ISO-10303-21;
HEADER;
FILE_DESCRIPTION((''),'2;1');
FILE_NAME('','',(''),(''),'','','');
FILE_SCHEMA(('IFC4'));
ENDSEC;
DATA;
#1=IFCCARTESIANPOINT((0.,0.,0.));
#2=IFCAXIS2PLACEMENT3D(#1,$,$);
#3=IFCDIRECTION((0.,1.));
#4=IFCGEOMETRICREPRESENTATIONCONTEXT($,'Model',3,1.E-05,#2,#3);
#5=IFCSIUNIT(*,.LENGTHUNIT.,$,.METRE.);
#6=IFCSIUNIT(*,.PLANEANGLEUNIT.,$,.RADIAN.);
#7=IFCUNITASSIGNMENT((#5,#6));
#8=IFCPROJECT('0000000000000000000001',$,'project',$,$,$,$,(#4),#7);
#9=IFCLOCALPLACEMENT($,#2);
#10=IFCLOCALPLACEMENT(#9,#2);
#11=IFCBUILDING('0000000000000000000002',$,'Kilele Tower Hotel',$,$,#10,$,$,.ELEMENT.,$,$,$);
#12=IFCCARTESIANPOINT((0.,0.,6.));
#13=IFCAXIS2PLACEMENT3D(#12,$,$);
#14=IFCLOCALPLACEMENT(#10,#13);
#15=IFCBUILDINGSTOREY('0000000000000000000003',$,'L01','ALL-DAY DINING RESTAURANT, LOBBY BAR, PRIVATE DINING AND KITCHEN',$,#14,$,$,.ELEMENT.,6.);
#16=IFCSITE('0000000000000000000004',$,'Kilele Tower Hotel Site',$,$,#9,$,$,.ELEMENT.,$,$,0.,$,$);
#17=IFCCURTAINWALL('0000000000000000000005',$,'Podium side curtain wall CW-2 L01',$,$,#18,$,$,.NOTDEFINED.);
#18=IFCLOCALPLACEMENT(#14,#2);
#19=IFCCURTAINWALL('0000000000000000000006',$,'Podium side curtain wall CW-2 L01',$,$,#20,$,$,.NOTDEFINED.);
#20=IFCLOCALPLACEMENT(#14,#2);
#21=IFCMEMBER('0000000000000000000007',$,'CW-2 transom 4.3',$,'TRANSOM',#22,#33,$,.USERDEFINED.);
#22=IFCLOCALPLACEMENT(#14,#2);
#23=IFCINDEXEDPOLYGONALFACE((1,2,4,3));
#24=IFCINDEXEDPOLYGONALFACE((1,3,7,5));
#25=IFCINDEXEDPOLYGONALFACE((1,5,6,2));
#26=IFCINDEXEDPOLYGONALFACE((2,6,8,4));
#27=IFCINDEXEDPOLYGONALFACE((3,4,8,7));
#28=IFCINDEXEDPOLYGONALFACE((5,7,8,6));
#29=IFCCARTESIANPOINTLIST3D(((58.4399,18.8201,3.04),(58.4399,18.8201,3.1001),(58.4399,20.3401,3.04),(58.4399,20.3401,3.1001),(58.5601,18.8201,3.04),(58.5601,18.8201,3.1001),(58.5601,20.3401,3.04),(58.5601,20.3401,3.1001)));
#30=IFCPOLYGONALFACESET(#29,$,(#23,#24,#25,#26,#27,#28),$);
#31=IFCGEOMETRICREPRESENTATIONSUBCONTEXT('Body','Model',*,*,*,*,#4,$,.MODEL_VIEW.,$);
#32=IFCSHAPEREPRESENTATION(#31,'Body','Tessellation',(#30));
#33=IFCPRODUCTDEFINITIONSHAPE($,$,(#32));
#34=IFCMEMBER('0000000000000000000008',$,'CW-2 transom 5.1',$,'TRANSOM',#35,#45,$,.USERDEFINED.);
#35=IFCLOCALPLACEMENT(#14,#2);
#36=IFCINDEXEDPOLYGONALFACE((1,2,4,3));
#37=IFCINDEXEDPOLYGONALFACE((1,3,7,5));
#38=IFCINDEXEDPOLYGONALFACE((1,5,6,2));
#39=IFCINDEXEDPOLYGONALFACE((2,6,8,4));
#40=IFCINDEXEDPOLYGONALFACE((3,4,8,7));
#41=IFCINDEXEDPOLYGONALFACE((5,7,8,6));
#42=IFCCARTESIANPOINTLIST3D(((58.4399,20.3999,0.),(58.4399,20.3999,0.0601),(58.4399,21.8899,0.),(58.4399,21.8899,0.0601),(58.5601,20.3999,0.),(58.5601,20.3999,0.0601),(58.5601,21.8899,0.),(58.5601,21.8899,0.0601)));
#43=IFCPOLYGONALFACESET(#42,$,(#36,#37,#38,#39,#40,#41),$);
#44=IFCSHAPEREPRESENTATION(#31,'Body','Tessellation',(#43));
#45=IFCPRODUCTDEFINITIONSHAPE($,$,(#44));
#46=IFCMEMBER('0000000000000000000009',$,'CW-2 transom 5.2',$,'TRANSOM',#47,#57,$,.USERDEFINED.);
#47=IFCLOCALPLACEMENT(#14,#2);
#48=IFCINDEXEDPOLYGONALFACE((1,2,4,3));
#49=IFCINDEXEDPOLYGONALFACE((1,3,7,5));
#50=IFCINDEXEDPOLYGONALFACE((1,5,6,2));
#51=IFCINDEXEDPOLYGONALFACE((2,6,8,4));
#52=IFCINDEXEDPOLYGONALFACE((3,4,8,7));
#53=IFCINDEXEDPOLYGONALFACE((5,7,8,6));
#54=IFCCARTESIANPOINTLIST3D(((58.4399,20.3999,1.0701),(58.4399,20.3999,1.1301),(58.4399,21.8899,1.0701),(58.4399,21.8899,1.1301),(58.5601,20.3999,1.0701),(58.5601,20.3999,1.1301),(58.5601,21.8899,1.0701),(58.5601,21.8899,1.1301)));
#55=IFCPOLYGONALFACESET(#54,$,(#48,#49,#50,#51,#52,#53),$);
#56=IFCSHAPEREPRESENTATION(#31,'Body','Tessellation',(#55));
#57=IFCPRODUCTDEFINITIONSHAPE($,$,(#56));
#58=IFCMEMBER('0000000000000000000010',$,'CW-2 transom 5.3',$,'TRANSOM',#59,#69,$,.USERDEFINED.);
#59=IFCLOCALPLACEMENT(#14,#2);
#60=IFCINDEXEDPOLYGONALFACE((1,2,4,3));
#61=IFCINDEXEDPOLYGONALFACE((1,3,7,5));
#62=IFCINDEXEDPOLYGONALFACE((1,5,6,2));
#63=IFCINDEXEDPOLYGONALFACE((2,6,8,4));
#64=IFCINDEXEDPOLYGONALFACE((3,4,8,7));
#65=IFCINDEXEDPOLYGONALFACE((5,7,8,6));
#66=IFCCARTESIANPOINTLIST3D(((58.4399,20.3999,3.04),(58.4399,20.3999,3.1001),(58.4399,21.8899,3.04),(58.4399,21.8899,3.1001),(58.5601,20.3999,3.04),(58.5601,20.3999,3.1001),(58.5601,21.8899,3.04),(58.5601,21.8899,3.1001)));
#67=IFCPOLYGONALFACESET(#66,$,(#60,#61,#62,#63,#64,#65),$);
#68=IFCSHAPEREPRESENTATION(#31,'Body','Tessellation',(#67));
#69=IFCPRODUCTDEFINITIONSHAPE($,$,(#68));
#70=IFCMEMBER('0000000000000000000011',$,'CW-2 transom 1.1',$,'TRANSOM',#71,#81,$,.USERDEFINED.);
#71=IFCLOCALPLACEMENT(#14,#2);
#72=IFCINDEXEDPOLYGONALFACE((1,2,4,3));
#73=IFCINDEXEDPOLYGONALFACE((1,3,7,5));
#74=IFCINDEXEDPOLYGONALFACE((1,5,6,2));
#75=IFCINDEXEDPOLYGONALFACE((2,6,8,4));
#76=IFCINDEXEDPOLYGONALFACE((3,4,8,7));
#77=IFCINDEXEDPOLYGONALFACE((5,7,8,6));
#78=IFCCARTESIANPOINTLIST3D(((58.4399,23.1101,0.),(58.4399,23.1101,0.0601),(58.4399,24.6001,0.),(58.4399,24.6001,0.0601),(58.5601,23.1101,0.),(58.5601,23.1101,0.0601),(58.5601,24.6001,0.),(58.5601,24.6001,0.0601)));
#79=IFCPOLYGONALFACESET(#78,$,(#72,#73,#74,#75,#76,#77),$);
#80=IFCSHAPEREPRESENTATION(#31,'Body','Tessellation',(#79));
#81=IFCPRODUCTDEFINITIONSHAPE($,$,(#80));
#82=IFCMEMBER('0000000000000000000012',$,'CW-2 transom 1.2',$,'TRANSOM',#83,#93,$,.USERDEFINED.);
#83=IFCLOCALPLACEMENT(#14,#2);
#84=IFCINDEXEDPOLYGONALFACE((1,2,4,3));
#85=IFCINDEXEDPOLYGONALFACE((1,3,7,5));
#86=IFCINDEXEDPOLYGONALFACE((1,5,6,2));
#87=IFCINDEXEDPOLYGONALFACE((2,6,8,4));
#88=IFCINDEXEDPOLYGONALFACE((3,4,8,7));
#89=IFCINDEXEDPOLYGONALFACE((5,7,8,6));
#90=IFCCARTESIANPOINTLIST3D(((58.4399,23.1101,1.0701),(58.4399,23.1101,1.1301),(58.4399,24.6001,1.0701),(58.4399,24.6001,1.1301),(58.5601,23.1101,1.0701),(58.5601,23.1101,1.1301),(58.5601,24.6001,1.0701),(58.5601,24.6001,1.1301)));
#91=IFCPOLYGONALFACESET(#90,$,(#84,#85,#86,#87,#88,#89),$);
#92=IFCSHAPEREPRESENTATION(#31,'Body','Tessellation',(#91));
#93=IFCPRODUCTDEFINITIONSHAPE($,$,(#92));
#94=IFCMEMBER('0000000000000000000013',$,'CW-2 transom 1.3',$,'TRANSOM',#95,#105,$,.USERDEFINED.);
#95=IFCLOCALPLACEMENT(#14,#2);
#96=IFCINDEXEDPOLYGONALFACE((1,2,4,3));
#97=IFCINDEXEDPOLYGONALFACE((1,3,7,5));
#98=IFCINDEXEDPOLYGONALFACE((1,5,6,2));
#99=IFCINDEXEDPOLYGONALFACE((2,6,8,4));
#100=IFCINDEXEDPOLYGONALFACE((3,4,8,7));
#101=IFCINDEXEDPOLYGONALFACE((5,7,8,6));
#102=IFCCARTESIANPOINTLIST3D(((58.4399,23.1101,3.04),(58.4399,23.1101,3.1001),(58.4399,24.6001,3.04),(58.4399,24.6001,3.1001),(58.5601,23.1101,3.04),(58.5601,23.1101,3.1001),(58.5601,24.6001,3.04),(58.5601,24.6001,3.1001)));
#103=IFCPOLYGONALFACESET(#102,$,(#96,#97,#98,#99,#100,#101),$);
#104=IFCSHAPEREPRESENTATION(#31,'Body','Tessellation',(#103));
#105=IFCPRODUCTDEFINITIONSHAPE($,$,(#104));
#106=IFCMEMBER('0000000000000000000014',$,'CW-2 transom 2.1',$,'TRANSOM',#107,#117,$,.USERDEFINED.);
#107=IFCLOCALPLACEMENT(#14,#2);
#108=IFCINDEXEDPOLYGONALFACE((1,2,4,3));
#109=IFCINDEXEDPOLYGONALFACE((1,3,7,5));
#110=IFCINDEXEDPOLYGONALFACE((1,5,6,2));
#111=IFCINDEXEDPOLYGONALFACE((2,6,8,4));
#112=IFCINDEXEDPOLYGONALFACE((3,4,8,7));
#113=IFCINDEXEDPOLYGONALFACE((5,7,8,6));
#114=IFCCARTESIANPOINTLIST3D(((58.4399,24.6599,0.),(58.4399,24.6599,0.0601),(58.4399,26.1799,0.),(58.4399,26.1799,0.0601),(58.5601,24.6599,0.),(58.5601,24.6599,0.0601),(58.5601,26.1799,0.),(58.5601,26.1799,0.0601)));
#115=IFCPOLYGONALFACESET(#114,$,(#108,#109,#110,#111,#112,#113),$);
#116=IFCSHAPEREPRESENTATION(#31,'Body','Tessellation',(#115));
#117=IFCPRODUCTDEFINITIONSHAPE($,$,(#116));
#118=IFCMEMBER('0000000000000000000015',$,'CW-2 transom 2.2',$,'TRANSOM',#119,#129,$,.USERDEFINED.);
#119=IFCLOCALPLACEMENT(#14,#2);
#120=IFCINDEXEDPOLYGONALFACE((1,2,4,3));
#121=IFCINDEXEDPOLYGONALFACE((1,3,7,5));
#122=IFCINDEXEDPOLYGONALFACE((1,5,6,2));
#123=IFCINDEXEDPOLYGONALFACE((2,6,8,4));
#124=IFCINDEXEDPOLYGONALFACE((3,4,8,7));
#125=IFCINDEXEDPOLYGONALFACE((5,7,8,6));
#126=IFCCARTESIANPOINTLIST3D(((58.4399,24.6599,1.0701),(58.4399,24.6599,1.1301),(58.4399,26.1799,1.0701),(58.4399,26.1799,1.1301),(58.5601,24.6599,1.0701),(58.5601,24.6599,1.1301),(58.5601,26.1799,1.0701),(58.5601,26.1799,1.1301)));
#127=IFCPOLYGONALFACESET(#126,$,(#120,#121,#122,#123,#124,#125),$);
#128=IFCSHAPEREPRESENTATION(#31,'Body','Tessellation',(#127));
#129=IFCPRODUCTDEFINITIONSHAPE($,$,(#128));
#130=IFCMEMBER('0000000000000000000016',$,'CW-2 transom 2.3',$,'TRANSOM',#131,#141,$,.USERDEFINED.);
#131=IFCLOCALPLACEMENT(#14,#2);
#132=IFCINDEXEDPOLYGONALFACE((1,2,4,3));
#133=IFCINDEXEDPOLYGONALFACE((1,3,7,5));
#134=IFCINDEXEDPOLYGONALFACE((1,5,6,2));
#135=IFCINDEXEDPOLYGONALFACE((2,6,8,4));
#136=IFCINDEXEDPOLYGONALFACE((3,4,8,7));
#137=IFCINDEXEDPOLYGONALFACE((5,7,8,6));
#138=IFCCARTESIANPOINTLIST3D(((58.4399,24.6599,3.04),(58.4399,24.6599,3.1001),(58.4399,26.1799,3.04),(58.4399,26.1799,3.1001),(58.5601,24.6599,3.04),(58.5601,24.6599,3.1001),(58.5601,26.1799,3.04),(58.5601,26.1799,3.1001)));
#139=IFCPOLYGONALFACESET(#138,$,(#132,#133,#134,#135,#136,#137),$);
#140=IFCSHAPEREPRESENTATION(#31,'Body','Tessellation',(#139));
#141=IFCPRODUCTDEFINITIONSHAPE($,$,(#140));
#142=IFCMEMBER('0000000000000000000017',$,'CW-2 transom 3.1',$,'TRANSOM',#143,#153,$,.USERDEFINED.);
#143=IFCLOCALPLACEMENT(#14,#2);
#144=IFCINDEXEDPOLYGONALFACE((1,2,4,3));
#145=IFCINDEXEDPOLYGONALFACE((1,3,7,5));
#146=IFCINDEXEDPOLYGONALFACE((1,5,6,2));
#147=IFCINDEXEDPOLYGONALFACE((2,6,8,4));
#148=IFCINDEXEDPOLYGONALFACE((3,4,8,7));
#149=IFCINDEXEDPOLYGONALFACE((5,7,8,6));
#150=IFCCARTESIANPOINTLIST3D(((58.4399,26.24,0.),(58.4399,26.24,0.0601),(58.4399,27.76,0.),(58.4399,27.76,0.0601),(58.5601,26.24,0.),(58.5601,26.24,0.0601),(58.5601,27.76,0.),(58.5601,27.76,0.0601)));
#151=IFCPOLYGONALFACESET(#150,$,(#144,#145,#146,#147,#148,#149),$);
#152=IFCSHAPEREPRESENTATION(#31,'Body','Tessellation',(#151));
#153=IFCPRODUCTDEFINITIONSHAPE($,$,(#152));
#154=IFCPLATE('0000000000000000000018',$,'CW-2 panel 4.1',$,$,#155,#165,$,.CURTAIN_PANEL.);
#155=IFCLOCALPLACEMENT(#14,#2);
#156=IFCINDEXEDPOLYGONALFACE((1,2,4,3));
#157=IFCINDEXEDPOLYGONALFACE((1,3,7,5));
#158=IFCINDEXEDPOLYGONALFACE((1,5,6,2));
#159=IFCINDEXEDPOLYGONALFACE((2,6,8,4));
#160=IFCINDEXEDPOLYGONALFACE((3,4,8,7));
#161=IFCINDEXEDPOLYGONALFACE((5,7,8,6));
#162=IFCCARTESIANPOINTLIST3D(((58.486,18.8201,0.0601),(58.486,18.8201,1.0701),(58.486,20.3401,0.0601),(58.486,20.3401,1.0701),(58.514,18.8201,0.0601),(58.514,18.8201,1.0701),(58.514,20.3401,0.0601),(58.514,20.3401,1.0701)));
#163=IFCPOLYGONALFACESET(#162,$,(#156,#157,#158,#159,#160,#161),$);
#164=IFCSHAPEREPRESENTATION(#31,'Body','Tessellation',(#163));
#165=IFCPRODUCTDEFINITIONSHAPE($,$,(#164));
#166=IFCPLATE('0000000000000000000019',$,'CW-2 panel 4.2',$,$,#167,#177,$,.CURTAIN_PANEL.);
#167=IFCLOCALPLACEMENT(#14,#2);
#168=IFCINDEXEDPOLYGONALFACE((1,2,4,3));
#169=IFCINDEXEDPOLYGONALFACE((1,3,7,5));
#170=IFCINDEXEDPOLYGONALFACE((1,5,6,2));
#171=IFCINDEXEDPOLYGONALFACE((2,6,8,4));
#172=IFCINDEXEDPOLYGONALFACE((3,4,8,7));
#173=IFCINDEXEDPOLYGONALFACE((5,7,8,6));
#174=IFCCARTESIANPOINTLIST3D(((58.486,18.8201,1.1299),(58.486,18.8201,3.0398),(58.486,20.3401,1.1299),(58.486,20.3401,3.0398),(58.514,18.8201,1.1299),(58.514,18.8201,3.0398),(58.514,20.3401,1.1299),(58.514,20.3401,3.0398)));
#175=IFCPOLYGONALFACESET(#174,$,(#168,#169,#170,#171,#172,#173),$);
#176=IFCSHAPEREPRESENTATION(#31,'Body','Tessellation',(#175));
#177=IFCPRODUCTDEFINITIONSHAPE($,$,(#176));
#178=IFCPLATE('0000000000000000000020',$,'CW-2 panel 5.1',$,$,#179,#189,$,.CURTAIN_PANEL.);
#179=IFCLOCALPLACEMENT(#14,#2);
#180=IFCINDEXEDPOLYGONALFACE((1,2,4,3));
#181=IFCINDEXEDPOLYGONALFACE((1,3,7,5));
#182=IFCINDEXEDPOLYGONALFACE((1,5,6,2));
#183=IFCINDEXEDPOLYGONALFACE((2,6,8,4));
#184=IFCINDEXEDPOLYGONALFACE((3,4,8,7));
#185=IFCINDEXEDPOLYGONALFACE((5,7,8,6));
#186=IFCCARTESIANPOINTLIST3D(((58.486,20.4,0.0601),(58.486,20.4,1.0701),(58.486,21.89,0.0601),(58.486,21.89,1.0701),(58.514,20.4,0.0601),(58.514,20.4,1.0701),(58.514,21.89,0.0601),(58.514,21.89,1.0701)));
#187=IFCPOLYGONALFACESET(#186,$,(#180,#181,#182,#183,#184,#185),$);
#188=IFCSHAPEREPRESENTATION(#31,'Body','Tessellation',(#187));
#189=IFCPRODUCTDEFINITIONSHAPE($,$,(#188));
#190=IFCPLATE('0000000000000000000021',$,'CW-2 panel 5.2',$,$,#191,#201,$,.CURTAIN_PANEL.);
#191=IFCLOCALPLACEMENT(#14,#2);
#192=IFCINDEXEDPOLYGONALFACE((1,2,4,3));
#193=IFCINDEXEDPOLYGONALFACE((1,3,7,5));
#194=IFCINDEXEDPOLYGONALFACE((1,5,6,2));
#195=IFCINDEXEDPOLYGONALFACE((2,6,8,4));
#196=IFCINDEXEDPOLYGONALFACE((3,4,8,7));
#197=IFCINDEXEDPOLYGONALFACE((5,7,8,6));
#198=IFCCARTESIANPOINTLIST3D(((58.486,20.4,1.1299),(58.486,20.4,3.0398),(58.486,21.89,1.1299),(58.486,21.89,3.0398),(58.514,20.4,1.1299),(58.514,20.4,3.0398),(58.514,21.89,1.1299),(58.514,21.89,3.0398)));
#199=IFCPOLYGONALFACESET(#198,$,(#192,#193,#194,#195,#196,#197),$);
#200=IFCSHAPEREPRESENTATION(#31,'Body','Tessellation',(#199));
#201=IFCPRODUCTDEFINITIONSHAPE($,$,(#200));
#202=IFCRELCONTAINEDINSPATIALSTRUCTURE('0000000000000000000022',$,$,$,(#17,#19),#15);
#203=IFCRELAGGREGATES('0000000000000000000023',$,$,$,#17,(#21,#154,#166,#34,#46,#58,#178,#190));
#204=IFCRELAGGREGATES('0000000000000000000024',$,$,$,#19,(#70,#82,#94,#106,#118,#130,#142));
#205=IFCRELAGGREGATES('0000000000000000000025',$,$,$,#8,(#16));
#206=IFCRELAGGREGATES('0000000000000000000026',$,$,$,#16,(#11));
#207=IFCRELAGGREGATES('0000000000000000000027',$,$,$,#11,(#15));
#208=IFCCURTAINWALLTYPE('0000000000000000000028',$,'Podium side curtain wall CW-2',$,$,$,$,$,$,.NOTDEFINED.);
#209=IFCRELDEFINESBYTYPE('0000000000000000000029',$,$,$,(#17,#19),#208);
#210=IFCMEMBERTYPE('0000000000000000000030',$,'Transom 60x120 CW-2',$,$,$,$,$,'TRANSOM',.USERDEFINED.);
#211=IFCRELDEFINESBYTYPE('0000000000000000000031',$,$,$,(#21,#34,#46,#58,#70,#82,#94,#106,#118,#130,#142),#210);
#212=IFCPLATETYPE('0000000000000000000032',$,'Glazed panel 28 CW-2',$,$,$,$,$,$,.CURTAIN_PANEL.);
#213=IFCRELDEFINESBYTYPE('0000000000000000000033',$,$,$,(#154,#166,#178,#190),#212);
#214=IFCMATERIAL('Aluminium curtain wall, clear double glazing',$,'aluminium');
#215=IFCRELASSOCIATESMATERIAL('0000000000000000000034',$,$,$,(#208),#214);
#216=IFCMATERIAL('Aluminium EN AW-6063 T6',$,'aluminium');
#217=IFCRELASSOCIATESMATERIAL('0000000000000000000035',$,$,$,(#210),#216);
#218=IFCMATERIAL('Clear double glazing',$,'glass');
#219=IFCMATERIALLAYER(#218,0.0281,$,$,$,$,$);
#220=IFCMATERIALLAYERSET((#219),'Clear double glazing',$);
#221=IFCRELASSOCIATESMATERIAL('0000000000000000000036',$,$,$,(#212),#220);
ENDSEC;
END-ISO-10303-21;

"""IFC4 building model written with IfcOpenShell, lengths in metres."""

from ifc_helpers import new_model, si_unit, direction, frame, origin, origin_2d, place, context, subcontext, project, spatial, rectangle, extrude, material, layer, layer_set, material_profile, profile_set, type_object, element, aggregate, save


model = new_model("IFC4")

# Units and contexts
model_context = context("Model", 3, precision=1e-05, world=origin(), true_north=direction((0.0, 1.0)))
body_context = subcontext(model_context, "Body", "Model", "MODEL_VIEW")
ifc_project = project(units=[si_unit("LENGTHUNIT", "METRE"), si_unit("PLANEANGLEUNIT", "RADIAN")], contexts=[model_context])

# Site, building, storey
site_placement = place(None, origin())
site = spatial("IfcSite", under=ifc_project, at=site_placement, Name="Kilele Tower Hotel Site", CompositionType="ELEMENT", RefElevation=0.0)
building_placement = place(site_placement, origin())
building = spatial("IfcBuilding", under=site, at=building_placement, Name="Kilele Tower Hotel", CompositionType="ELEMENT")
storey_placement = place(building_placement, frame((0.0, 0.0, 6.0)))
storey = spatial("IfcBuildingStorey", under=building, at=storey_placement, Name="L01", Description="ALL-DAY DINING RESTAURANT, LOBBY BAR, PRIVATE DINING AND KITCHEN", CompositionType="ELEMENT", Elevation=6.0)

# Curtain walls
ifc_material_1 = material(Name="Aluminium curtain wall, clear double glazing", Category="aluminium")
curtain_wall_type = type_object("IfcCurtainWallType", Name="Podium side curtain wall CW-2", PredefinedType="NOTDEFINED", material=ifc_material_1)
curtain_wall_1_placement = place(storey_placement, origin())
curtain_wall_1 = element("IfcCurtainWall", 1, at=curtain_wall_1_placement, inside=storey, type_object=curtain_wall_type, Name="Podium side curtain wall CW-2 L01", PredefinedType="NOTDEFINED")
curtain_wall_2_placement = place(storey_placement, origin())
curtain_wall_2 = element("IfcCurtainWall", 2, at=curtain_wall_2_placement, inside=storey, type_object=curtain_wall_type, Name="Podium side curtain wall CW-2 L01", PredefinedType="NOTDEFINED")

# Members
ifc_material_2 = material(Name="Aluminium EN AW-6063 T6", Category="aluminium")
ifc_material_profile_1 = material_profile(ifc_material_2, rectangle(XDim=0.1201, YDim=0.0601, at=origin_2d()))
ifc_profile_set_1 = profile_set([ifc_material_profile_1], Name="Aluminium EN AW-6063 T6")
member_type_1 = type_object("IfcMemberType", Name="Transom 60x120 CW-2", ElementType="TRANSOM", PredefinedType="USERDEFINED", material=ifc_profile_set_1)
member_1_placement = place(storey_placement, frame((58.5, 18.8201, 3.0701), z_axis=(0.0, 1.0, 0.0), x_axis=(-1.0, 0.0, 0.0)))
member_1 = element("IfcMember", 3, at=member_1_placement, type_object=member_type_1, Name="CW-2 transom 4.3", ObjectType="TRANSOM", PredefinedType="USERDEFINED", context=body_context, shape_type="SweptSolid", body=[
    extrude(rectangle(XDim=0.1201, YDim=0.0601, at=origin_2d()), origin(), (0.0, 0.0, 1.0), 1.52),
])
member_2_placement = place(storey_placement, frame((58.5, 20.3999, 0.03), z_axis=(0.0, 1.0, 0.0), x_axis=(-1.0, 0.0, 0.0)))
member_2 = element("IfcMember", 4, at=member_2_placement, type_object=member_type_1, Name="CW-2 transom 5.1", ObjectType="TRANSOM", PredefinedType="USERDEFINED", context=body_context, shape_type="SweptSolid", body=[
    extrude(rectangle(XDim=0.1201, YDim=0.0601, at=origin_2d()), origin(), (0.0, 0.0, 1.0), 1.49),
])
member_3_placement = place(storey_placement, frame((58.5, 20.3999, 1.1001), z_axis=(0.0, 1.0, 0.0), x_axis=(-1.0, 0.0, 0.0)))
member_3 = element("IfcMember", 5, at=member_3_placement, type_object=member_type_1, Name="CW-2 transom 5.2", ObjectType="TRANSOM", PredefinedType="USERDEFINED", context=body_context, shape_type="SweptSolid", body=[
    extrude(rectangle(XDim=0.1201, YDim=0.0601, at=origin_2d()), origin(), (0.0, 0.0, 1.0), 1.49),
])
member_4_placement = place(storey_placement, frame((58.5, 20.3999, 3.0701), z_axis=(0.0, 1.0, 0.0), x_axis=(-1.0, 0.0, 0.0)))
member_4 = element("IfcMember", 6, at=member_4_placement, type_object=member_type_1, Name="CW-2 transom 5.3", ObjectType="TRANSOM", PredefinedType="USERDEFINED", context=body_context, shape_type="SweptSolid", body=[
    extrude(rectangle(XDim=0.1201, YDim=0.0601, at=origin_2d()), origin(), (0.0, 0.0, 1.0), 1.49),
])
member_5_placement = place(storey_placement, frame((58.5, 23.1101, 0.03), z_axis=(0.0, 1.0, 0.0), x_axis=(-1.0, 0.0, 0.0)))
member_5 = element("IfcMember", 7, at=member_5_placement, type_object=member_type_1, Name="CW-2 transom 1.1", ObjectType="TRANSOM", PredefinedType="USERDEFINED", context=body_context, shape_type="SweptSolid", body=[
    extrude(rectangle(XDim=0.1201, YDim=0.0601, at=origin_2d()), origin(), (0.0, 0.0, 1.0), 1.49),
])
member_6_placement = place(storey_placement, frame((58.5, 23.1101, 1.1001), z_axis=(0.0, 1.0, 0.0), x_axis=(-1.0, 0.0, 0.0)))
member_6 = element("IfcMember", 8, at=member_6_placement, type_object=member_type_1, Name="CW-2 transom 1.2", ObjectType="TRANSOM", PredefinedType="USERDEFINED", context=body_context, shape_type="SweptSolid", body=[
    extrude(rectangle(XDim=0.1201, YDim=0.0601, at=origin_2d()), origin(), (0.0, 0.0, 1.0), 1.49),
])
member_7_placement = place(storey_placement, frame((58.5, 23.1101, 3.0701), z_axis=(0.0, 1.0, 0.0), x_axis=(-1.0, 0.0, 0.0)))
member_7 = element("IfcMember", 9, at=member_7_placement, type_object=member_type_1, Name="CW-2 transom 1.3", ObjectType="TRANSOM", PredefinedType="USERDEFINED", context=body_context, shape_type="SweptSolid", body=[
    extrude(rectangle(XDim=0.1201, YDim=0.0601, at=origin_2d()), origin(), (0.0, 0.0, 1.0), 1.49),
])
member_8_placement = place(storey_placement, frame((58.5, 24.6599, 0.03), z_axis=(0.0, 1.0, 0.0), x_axis=(-1.0, 0.0, 0.0)))
member_8 = element("IfcMember", 10, at=member_8_placement, type_object=member_type_1, Name="CW-2 transom 2.1", ObjectType="TRANSOM", PredefinedType="USERDEFINED", context=body_context, shape_type="SweptSolid", body=[
    extrude(rectangle(XDim=0.1201, YDim=0.0601, at=origin_2d()), origin(), (0.0, 0.0, 1.0), 1.52),
])
member_9_placement = place(storey_placement, frame((58.5, 24.6599, 1.1001), z_axis=(0.0, 1.0, 0.0), x_axis=(-1.0, 0.0, 0.0)))
member_9 = element("IfcMember", 11, at=member_9_placement, type_object=member_type_1, Name="CW-2 transom 2.2", ObjectType="TRANSOM", PredefinedType="USERDEFINED", context=body_context, shape_type="SweptSolid", body=[
    extrude(rectangle(XDim=0.1201, YDim=0.0601, at=origin_2d()), origin(), (0.0, 0.0, 1.0), 1.52),
])
member_10_placement = place(storey_placement, frame((58.5, 24.6599, 3.0701), z_axis=(0.0, 1.0, 0.0), x_axis=(-1.0, 0.0, 0.0)))
member_10 = element("IfcMember", 12, at=member_10_placement, type_object=member_type_1, Name="CW-2 transom 2.3", ObjectType="TRANSOM", PredefinedType="USERDEFINED", context=body_context, shape_type="SweptSolid", body=[
    extrude(rectangle(XDim=0.1201, YDim=0.0601, at=origin_2d()), origin(), (0.0, 0.0, 1.0), 1.52),
])
member_11_placement = place(storey_placement, frame((58.5, 26.24, 0.03), z_axis=(0.0, 1.0, 0.0), x_axis=(-1.0, 0.0, 0.0)))
member_11 = element("IfcMember", 13, at=member_11_placement, type_object=member_type_1, Name="CW-2 transom 3.1", ObjectType="TRANSOM", PredefinedType="USERDEFINED", context=body_context, shape_type="SweptSolid", body=[
    extrude(rectangle(XDim=0.1201, YDim=0.0601, at=origin_2d()), origin(), (0.0, 0.0, 1.0), 1.52),
])

# Plates
ifc_material_3 = material(Name="Clear double glazing", Category="glass")
ifc_layer_1 = layer(ifc_material_3, 0.0281)
ifc_layer_set_1 = layer_set([ifc_layer_1], Name="Clear double glazing")
plate_type = type_object("IfcPlateType", Name="Glazed panel 28 CW-2", PredefinedType="CURTAIN_PANEL", material=ifc_layer_set_1)
plate_1_placement = place(storey_placement, frame((58.5, 19.5801, 0.0601), z_axis=(0.0, 0.0, 1.0), x_axis=(0.0, 1.0, 0.0)))
plate_1 = element("IfcPlate", 14, at=plate_1_placement, type_object=plate_type, Name="CW-2 panel 4.1", PredefinedType="CURTAIN_PANEL", context=body_context, shape_type="SweptSolid", body=[
    extrude(rectangle(XDim=1.52, YDim=0.0281, at=origin_2d()), origin(), (0.0, 0.0, 1.0), 1.01),
])
plate_2_placement = place(storey_placement, frame((58.5, 19.5801, 1.1299), z_axis=(0.0, 0.0, 1.0), x_axis=(0.0, 1.0, 0.0)))
plate_2 = element("IfcPlate", 15, at=plate_2_placement, type_object=plate_type, Name="CW-2 panel 4.2", PredefinedType="CURTAIN_PANEL", context=body_context, shape_type="SweptSolid", body=[
    extrude(rectangle(XDim=1.52, YDim=0.0281, at=origin_2d()), origin(), (0.0, 0.0, 1.0), 1.9099),
])
plate_3_placement = place(storey_placement, frame((58.5, 21.145, 0.0601), z_axis=(0.0, 0.0, 1.0), x_axis=(0.0, 1.0, 0.0)))
plate_3 = element("IfcPlate", 16, at=plate_3_placement, type_object=plate_type, Name="CW-2 panel 5.1", PredefinedType="CURTAIN_PANEL", context=body_context, shape_type="SweptSolid", body=[
    extrude(rectangle(XDim=1.49, YDim=0.0281, at=origin_2d()), origin(), (0.0, 0.0, 1.0), 1.01),
])
plate_4_placement = place(storey_placement, frame((58.5, 21.145, 1.1299), z_axis=(0.0, 0.0, 1.0), x_axis=(0.0, 1.0, 0.0)))
plate_4 = element("IfcPlate", 17, at=plate_4_placement, type_object=plate_type, Name="CW-2 panel 5.2", PredefinedType="CURTAIN_PANEL", context=body_context, shape_type="SweptSolid", body=[
    extrude(rectangle(XDim=1.49, YDim=0.0281, at=origin_2d()), origin(), (0.0, 0.0, 1.0), 1.9099),
])
aggregate(curtain_wall_1, [member_1, plate_1, plate_2, member_2, member_3, member_4, plate_3, plate_4])
aggregate(curtain_wall_2, [member_5, member_6, member_7, member_8, member_9, member_10, member_11])

save(model, "model.ifc")
